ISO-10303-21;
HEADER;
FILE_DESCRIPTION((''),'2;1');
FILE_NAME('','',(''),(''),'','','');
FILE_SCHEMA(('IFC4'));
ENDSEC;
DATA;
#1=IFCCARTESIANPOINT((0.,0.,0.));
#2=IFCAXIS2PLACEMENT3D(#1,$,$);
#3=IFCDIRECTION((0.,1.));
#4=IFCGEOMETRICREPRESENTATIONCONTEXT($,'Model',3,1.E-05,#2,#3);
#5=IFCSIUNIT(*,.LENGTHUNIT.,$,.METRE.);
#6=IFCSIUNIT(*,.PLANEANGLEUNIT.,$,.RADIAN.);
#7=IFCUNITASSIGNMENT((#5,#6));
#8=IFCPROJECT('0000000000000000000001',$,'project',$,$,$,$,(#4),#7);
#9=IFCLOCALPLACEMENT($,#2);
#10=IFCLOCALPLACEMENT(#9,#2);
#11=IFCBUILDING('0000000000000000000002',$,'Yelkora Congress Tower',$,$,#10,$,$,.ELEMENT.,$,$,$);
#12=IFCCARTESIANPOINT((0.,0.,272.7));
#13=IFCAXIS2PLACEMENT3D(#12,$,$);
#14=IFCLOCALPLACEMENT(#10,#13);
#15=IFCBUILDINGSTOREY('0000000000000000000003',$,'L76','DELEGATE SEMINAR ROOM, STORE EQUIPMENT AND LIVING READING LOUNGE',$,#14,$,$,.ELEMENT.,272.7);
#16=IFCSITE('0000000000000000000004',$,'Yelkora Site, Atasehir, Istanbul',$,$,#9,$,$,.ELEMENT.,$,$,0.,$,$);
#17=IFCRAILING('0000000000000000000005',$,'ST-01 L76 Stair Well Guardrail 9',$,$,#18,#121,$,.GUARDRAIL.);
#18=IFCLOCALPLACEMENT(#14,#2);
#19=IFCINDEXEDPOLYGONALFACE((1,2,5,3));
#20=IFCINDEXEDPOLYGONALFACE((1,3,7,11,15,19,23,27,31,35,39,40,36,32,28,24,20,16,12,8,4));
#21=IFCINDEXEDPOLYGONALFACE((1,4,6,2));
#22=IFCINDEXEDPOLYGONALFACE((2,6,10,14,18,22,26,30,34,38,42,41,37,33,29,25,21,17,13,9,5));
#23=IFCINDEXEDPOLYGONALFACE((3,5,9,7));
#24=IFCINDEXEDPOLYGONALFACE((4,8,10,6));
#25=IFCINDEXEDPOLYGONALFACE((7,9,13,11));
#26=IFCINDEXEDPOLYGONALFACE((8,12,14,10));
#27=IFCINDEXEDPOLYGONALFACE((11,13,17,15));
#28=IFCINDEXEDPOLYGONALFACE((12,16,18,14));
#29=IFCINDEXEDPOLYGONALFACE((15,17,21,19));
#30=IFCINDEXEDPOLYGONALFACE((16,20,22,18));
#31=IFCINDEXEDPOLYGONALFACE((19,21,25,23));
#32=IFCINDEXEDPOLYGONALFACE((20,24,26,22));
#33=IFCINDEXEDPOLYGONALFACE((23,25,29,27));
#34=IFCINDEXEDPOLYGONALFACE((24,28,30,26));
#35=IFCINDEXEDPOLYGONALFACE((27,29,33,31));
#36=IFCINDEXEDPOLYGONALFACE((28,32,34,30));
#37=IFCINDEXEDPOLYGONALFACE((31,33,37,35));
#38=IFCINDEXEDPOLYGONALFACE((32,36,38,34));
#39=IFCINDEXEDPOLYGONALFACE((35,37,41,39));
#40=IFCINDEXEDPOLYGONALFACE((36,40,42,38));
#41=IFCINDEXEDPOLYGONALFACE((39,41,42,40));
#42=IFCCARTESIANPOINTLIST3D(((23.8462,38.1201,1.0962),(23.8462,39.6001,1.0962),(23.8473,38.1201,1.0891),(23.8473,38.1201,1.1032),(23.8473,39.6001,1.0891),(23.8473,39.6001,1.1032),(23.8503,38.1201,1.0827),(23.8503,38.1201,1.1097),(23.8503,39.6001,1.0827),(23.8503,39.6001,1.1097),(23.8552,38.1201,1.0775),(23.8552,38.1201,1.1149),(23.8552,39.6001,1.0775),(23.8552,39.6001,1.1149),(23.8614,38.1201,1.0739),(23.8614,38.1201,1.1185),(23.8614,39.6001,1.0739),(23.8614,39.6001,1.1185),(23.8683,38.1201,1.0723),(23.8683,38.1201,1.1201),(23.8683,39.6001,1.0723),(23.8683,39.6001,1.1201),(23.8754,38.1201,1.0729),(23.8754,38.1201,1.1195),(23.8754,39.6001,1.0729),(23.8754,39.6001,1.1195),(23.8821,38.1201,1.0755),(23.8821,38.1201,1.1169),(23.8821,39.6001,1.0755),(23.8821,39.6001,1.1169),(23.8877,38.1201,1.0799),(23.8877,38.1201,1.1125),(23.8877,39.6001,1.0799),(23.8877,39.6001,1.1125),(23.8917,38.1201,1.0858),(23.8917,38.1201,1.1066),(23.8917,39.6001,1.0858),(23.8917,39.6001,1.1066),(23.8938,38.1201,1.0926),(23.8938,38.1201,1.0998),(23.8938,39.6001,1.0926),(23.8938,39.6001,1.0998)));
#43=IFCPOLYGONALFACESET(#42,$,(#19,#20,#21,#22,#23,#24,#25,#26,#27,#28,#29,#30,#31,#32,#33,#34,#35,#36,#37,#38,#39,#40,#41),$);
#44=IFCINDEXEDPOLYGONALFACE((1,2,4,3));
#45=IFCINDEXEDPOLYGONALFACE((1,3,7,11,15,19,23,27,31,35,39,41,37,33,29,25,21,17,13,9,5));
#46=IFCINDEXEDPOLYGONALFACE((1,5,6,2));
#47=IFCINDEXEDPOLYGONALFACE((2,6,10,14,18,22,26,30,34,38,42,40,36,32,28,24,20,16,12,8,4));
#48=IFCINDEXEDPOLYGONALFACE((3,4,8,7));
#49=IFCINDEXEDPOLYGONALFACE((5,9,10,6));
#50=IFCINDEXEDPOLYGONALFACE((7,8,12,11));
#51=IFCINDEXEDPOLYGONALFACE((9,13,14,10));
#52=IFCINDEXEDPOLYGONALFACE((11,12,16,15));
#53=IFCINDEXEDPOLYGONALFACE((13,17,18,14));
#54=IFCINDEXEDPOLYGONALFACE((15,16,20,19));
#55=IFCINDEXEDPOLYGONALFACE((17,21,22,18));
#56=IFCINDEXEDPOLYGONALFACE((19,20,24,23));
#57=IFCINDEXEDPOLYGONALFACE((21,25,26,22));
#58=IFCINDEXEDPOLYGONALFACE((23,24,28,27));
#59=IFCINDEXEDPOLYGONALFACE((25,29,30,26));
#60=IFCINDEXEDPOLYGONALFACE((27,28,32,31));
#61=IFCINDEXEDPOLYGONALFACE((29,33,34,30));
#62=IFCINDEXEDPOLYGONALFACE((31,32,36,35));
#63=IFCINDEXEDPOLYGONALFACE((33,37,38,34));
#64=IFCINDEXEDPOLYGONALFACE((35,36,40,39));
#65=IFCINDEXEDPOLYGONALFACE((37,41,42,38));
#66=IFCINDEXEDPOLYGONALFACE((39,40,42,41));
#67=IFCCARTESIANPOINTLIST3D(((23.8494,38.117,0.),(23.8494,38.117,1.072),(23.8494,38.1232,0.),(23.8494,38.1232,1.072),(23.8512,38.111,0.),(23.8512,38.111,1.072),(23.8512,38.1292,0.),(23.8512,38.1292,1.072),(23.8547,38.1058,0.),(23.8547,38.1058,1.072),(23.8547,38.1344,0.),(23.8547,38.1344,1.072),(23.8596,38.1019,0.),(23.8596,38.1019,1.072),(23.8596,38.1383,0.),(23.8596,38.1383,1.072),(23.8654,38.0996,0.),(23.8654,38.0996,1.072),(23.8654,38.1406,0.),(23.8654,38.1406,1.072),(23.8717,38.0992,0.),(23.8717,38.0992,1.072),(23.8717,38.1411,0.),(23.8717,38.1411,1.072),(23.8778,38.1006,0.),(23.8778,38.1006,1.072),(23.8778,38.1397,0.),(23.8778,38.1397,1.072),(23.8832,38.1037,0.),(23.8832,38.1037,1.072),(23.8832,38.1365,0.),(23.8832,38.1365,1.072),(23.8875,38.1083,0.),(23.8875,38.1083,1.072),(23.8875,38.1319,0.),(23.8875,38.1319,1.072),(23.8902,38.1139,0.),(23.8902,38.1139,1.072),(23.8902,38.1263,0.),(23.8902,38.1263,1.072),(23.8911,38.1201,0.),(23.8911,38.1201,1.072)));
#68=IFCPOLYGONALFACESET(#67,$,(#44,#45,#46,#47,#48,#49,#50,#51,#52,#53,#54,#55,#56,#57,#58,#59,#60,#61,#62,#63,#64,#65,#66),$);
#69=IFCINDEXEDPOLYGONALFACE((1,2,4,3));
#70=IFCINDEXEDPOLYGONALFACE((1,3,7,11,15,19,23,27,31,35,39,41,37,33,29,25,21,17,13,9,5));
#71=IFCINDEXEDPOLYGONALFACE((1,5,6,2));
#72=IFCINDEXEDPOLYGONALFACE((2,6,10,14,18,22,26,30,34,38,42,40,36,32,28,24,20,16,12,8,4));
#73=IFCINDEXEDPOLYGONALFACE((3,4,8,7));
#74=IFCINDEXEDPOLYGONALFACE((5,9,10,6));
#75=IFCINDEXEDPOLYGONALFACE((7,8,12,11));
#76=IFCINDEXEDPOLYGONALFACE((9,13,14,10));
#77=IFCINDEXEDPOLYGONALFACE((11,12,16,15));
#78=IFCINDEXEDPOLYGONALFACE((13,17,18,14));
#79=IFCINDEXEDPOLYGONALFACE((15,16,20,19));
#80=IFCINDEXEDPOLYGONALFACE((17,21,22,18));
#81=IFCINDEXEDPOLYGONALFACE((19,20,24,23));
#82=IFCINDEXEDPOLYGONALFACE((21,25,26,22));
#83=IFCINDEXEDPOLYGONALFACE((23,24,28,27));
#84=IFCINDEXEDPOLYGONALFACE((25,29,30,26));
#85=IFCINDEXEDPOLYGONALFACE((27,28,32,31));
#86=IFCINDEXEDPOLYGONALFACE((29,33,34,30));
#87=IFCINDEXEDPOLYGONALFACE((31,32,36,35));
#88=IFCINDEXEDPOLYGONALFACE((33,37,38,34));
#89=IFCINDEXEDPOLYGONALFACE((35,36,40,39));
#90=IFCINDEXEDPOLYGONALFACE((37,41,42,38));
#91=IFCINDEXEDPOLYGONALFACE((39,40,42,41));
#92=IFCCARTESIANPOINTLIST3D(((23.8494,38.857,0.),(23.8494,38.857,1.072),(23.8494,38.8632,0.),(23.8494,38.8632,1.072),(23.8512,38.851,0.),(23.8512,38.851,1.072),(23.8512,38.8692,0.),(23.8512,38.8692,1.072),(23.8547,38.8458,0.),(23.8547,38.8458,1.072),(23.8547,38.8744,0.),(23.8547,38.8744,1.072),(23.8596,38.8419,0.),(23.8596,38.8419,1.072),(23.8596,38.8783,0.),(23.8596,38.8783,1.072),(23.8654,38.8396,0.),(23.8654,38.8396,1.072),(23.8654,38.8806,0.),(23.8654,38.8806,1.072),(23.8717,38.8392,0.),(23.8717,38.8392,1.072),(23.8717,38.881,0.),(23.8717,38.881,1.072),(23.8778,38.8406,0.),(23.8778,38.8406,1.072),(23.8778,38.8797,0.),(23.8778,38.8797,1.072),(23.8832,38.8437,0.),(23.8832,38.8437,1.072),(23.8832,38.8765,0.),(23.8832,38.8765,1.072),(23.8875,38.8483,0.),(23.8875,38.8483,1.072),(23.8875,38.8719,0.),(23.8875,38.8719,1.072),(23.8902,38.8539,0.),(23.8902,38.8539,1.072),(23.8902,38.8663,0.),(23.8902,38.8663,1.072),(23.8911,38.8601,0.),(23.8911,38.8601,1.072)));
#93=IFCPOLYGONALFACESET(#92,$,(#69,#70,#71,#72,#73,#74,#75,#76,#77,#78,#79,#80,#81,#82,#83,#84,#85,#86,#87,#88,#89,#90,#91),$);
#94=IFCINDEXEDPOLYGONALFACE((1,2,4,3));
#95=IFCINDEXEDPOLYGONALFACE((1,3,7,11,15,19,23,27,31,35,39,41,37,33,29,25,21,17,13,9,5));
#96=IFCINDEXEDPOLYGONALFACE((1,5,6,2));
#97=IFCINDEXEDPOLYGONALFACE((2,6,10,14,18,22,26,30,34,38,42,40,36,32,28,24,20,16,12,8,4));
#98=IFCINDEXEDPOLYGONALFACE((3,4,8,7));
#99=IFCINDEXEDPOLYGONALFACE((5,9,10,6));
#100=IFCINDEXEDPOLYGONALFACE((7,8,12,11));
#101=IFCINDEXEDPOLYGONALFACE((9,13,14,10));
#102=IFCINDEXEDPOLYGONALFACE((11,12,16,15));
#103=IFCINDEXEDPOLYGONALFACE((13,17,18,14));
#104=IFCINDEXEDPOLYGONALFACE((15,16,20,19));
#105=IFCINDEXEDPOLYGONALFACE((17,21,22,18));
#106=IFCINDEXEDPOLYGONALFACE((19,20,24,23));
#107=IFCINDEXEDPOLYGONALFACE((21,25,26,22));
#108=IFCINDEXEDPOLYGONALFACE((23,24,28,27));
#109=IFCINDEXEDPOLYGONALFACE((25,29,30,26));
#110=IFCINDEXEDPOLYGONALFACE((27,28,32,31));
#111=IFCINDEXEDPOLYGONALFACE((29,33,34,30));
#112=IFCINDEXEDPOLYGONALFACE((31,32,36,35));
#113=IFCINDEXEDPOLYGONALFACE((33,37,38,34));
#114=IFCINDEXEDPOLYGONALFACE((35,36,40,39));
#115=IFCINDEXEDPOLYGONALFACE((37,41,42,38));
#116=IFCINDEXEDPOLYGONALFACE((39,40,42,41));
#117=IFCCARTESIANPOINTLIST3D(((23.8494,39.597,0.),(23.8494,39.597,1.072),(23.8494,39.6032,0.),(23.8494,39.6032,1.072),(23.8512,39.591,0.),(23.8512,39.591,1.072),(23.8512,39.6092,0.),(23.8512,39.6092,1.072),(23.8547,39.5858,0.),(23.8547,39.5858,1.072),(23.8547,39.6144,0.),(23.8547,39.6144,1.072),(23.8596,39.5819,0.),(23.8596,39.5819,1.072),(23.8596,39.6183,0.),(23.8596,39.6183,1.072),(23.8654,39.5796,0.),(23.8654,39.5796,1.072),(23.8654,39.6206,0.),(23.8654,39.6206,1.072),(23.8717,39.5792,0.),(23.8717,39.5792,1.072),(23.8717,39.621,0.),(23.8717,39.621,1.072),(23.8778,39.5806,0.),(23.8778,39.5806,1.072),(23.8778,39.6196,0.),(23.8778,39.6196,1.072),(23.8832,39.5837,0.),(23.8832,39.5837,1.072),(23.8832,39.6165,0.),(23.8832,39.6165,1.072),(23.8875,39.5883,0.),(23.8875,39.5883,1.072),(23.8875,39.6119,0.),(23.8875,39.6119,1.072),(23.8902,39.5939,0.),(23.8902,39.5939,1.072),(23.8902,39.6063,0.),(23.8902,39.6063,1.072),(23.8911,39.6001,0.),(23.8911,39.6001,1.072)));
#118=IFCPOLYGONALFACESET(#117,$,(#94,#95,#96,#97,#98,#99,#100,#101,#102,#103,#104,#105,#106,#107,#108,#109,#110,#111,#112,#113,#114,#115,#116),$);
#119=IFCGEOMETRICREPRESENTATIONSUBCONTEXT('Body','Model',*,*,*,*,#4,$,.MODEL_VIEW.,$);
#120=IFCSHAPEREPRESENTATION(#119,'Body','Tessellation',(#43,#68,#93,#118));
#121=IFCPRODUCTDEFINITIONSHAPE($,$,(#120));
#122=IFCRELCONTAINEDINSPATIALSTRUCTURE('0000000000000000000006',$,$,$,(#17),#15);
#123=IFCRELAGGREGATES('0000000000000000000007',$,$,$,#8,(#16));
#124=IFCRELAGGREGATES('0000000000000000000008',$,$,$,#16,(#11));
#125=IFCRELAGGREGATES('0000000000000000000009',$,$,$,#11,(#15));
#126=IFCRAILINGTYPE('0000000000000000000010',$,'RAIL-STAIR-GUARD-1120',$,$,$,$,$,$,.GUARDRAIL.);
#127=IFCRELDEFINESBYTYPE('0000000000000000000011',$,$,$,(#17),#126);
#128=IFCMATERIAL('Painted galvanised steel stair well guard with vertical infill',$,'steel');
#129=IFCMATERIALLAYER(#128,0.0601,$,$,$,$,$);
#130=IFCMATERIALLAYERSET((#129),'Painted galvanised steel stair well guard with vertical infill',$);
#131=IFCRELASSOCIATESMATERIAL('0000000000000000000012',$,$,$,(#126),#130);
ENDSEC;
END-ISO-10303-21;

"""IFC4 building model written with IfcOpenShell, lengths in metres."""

from ifc_helpers import new_model, si_unit, direction, frame, origin, origin_2d, place, context, subcontext, project, spatial, circle, extrude, material, layer, layer_set, type_object, element, save


model = new_model("IFC4")

# Units and contexts
model_context = context("Model", 3, precision=1e-05, world=origin(), true_north=direction((0.0, 1.0)))
body_context = subcontext(model_context, "Body", "Model", "MODEL_VIEW")
ifc_project = project(units=[si_unit("LENGTHUNIT", "METRE"), si_unit("PLANEANGLEUNIT", "RADIAN")], contexts=[model_context])

# Site, building, storey
site_placement = place(None, origin())
site = spatial("IfcSite", under=ifc_project, at=site_placement, Name="Yelkora Site, Atasehir, Istanbul", CompositionType="ELEMENT", RefElevation=0.0)
building_placement = place(site_placement, origin())
building = spatial("IfcBuilding", under=site, at=building_placement, Name="Yelkora Congress Tower", CompositionType="ELEMENT")
storey_placement = place(building_placement, frame((0.0, 0.0, 272.7)))
storey = spatial("IfcBuildingStorey", under=building, at=storey_placement, Name="L76", Description="DELEGATE SEMINAR ROOM, STORE EQUIPMENT AND LIVING READING LOUNGE", CompositionType="ELEMENT", Elevation=272.7)

# Railing
ifc_material_1 = material(Name="Painted galvanised steel stair well guard with vertical infill", Category="steel")
ifc_layer_1 = layer(ifc_material_1, 0.0601)
ifc_layer_set_1 = layer_set([ifc_layer_1], Name="Painted galvanised steel stair well guard with vertical infill")
railing_type_1 = type_object("IfcRailingType", Name="RAIL-STAIR-GUARD-1120", PredefinedType="GUARDRAIL", material=ifc_layer_set_1)
for number, where, name in (
    (1, (23.8701, 38.1201, 0.0), "ST-01 L76 Stair Well Guardrail 9"),
):
    element("IfcRailing", number, at=place(storey_placement, frame(where)), inside=storey, type_object=railing_type_1, Name=name, PredefinedType="GUARDRAIL", context=body_context, shape_type="SweptSolid", body=[
        extrude(circle(Radius=0.0239, at=origin_2d()), frame((0.0, 0.0, 1.0962), z_axis=(0.0, 1.0, 0.0), x_axis=(-1.0, 0.0, 0.0)), (0.0, 0.0, 1.0), 1.48),
        extrude(circle(Radius=0.021, at=origin_2d()), origin(), (0.0, 0.0, 1.0), 1.072),
        extrude(circle(Radius=0.021, at=origin_2d()), frame((0.0, 0.74, 0.0)), (0.0, 0.0, 1.0), 1.072),
        extrude(circle(Radius=0.021, at=origin_2d()), frame((0.0, 1.48, 0.0)), (0.0, 0.0, 1.0), 1.072),
    ])

save(model, "model.ifc")
